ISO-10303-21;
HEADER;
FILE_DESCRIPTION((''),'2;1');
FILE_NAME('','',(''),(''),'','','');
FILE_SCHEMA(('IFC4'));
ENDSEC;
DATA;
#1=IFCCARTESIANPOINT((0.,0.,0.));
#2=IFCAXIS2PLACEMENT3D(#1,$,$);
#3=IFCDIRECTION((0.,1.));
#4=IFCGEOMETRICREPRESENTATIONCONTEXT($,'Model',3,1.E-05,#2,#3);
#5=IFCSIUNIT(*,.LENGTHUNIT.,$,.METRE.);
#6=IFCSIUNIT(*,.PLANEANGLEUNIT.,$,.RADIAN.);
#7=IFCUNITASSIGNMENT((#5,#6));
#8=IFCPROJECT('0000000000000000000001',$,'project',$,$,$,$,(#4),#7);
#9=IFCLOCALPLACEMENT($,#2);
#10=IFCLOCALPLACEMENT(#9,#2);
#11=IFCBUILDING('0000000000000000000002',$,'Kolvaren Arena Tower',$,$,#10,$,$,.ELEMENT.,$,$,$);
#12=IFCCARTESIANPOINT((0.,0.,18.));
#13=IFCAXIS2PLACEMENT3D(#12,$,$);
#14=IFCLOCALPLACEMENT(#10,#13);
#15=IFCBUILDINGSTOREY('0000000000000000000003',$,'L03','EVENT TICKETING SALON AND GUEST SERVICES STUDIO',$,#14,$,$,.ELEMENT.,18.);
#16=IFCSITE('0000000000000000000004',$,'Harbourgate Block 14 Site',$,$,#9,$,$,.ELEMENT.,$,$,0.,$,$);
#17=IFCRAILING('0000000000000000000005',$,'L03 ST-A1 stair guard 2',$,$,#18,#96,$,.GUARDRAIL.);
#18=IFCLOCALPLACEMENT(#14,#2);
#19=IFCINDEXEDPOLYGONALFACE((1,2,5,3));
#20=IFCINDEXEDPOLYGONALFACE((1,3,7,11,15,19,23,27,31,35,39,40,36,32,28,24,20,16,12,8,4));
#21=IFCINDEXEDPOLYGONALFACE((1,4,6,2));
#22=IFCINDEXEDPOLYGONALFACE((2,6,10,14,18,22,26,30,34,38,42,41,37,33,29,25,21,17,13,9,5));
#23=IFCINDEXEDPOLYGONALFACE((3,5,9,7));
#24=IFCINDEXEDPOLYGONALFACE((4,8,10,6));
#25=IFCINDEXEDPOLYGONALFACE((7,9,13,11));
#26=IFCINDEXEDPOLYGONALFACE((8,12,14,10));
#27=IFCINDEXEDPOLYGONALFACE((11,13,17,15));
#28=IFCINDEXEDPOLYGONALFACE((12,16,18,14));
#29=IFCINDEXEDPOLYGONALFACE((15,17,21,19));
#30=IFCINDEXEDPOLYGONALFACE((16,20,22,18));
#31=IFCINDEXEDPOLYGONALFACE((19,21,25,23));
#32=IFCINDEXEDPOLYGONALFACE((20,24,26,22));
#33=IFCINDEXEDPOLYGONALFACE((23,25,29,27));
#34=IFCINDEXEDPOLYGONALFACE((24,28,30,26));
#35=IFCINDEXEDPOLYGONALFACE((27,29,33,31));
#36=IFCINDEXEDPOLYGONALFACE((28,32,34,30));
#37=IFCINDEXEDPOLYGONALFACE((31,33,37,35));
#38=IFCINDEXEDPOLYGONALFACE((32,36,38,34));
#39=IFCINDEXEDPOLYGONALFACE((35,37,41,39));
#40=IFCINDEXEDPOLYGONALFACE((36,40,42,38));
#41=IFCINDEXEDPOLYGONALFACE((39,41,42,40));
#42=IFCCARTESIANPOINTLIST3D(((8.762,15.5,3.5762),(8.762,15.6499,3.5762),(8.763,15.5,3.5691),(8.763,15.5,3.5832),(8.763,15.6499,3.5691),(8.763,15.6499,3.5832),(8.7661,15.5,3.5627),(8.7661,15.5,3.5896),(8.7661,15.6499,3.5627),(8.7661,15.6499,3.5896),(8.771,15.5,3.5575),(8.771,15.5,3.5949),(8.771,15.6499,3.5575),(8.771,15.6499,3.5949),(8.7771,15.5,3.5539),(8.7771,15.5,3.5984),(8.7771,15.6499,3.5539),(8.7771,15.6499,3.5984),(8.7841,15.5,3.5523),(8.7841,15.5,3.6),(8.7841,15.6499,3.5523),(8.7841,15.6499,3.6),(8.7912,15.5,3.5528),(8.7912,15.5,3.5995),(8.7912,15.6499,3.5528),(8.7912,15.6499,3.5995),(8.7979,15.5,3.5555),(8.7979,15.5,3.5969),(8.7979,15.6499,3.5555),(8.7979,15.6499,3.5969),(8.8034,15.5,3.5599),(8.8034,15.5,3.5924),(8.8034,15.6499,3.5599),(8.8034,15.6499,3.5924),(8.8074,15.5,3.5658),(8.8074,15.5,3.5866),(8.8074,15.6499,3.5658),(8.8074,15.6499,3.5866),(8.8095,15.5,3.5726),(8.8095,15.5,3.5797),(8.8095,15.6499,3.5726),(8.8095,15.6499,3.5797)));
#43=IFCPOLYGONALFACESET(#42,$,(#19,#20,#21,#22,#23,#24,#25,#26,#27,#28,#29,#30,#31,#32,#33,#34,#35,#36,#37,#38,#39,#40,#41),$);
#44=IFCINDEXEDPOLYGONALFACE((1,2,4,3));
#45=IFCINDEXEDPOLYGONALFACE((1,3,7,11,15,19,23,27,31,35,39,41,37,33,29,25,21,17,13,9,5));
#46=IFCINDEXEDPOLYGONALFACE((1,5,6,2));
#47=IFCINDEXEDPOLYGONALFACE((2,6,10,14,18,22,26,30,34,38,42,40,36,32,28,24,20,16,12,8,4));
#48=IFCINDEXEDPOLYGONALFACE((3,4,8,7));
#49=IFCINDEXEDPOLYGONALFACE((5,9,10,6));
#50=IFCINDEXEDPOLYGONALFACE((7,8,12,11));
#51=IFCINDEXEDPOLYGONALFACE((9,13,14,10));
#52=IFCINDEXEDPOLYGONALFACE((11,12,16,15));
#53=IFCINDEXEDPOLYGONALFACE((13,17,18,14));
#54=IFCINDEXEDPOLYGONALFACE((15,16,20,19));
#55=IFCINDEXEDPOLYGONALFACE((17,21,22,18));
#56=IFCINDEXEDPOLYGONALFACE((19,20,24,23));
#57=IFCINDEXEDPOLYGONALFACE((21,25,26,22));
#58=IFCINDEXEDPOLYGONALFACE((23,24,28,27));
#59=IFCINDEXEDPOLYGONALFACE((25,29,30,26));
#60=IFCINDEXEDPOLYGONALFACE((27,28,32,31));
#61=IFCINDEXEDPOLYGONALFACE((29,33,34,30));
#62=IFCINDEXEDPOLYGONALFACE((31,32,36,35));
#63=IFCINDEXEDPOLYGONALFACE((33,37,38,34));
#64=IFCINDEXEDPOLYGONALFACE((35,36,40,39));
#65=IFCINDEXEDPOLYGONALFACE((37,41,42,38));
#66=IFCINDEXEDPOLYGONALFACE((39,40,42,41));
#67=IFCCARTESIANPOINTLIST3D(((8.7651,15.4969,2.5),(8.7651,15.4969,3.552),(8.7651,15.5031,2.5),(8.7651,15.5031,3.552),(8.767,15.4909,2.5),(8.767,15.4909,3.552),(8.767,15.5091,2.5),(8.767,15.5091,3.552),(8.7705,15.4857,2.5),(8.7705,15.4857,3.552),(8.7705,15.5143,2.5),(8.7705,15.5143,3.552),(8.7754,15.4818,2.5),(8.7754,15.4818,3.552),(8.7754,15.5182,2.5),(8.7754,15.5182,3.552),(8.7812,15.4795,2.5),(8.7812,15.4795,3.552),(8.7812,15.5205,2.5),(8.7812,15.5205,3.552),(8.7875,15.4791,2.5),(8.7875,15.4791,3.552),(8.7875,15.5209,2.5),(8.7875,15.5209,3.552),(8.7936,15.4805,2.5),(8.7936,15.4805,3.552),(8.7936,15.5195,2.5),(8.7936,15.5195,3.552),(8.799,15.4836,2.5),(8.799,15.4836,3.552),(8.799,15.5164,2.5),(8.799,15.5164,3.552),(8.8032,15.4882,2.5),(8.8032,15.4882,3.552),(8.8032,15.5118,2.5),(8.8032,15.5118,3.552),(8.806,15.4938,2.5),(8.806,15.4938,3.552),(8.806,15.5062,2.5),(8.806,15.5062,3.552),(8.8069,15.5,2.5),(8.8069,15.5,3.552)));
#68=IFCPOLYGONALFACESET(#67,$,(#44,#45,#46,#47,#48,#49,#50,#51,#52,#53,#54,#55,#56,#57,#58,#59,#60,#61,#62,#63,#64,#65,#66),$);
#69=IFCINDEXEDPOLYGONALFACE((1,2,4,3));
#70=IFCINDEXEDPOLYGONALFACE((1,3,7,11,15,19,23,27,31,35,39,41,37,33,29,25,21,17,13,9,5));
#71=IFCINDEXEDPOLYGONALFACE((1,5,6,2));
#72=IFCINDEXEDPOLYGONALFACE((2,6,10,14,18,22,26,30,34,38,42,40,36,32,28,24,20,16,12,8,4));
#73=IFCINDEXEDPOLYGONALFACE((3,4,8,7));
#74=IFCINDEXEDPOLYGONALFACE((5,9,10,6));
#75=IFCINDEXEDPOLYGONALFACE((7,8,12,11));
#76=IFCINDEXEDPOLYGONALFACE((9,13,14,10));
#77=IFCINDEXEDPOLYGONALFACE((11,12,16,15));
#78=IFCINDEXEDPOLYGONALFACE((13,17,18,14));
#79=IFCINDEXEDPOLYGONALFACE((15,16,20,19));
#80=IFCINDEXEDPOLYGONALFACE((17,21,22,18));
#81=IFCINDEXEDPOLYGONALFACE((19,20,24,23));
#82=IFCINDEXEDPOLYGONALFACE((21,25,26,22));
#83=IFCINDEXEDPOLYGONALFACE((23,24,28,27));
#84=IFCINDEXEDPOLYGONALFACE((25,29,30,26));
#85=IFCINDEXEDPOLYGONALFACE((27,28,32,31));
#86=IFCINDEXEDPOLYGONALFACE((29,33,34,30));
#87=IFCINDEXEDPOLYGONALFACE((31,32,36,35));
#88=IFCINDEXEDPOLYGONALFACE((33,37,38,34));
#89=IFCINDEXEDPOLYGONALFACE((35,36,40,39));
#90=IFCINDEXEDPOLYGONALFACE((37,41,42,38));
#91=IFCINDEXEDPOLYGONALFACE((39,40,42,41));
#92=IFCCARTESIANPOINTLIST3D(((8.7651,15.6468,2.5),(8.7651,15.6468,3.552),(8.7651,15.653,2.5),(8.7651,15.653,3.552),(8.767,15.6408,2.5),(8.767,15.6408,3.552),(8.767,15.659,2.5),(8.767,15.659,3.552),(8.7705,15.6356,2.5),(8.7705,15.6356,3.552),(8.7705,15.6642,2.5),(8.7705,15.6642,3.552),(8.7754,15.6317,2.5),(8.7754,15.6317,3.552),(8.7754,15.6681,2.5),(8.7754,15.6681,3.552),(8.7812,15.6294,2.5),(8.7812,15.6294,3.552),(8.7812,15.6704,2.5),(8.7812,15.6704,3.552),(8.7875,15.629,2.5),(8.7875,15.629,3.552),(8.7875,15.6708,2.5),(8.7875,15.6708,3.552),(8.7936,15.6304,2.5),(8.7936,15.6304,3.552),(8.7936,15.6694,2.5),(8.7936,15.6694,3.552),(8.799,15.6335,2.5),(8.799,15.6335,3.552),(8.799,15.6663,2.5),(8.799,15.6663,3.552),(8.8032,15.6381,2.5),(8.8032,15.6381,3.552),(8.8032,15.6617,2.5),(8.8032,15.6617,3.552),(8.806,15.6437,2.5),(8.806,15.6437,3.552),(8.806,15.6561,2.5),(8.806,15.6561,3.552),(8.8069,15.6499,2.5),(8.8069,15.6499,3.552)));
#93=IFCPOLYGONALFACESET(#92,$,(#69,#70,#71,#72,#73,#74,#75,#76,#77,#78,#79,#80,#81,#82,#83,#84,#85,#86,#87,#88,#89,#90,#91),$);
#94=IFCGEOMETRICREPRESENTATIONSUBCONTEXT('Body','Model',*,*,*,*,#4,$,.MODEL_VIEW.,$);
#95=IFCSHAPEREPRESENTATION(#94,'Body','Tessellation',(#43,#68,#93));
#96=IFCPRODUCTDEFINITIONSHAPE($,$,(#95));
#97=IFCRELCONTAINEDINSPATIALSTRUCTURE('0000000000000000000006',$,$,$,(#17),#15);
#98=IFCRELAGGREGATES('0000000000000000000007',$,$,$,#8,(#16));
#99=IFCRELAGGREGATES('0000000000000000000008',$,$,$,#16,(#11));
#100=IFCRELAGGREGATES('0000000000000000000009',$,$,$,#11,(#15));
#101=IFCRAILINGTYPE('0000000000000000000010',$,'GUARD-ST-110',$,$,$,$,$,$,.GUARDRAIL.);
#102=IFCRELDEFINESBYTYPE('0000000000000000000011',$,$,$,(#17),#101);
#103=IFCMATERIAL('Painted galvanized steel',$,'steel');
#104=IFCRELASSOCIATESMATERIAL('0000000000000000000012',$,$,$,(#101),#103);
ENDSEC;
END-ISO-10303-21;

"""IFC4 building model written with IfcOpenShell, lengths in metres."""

from ifc_helpers import new_model, si_unit, direction, frame, origin, origin_2d, place, context, subcontext, project, spatial, circle, extrude, material, type_object, element, save


model = new_model("IFC4")

# Units and contexts
model_context = context("Model", 3, precision=1e-05, world=origin(), true_north=direction((0.0, 1.0)))
body_context = subcontext(model_context, "Body", "Model", "MODEL_VIEW")
ifc_project = project(units=[si_unit("LENGTHUNIT", "METRE"), si_unit("PLANEANGLEUNIT", "RADIAN")], contexts=[model_context])

# Site, building, storey
site_placement = place(None, origin())
site = spatial("IfcSite", under=ifc_project, at=site_placement, Name="Harbourgate Block 14 Site", CompositionType="ELEMENT", RefElevation=0.0)
building_placement = place(site_placement, origin())
building = spatial("IfcBuilding", under=site, at=building_placement, Name="Kolvaren Arena Tower", CompositionType="ELEMENT")
storey_placement = place(building_placement, frame((0.0, 0.0, 18.0)))
storey = spatial("IfcBuildingStorey", under=building, at=storey_placement, Name="L03", Description="EVENT TICKETING SALON AND GUEST SERVICES STUDIO", CompositionType="ELEMENT", Elevation=18.0)

# Railing
ifc_material_1 = material(Name="Painted galvanized steel", Category="steel")
railing_type_1 = type_object("IfcRailingType", Name="GUARD-ST-110", PredefinedType="GUARDRAIL", material=ifc_material_1)
railing_1_placement = place(storey_placement, frame((8.7859, 15.5, 2.5)))
element("IfcRailing", 1, at=railing_1_placement, inside=storey, type_object=railing_type_1, Name="L03 ST-A1 stair guard 2", PredefinedType="GUARDRAIL", context=body_context, shape_type="SweptSolid", body=[
    extrude(circle(Radius=0.0239, at=origin_2d()), frame((0.0, 0.0, 1.0762), z_axis=(0.0, 1.0, 0.0), x_axis=(-1.0, 0.0, 0.0)), (0.0, 0.0, 1.0), 0.1499),
    extrude(circle(Radius=0.021, at=origin_2d()), origin(), (0.0, 0.0, 1.0), 1.052),
    extrude(circle(Radius=0.021, at=origin_2d()), frame((0.0, 0.1499, 0.0)), (0.0, 0.0, 1.0), 1.052),
])

save(model, "model.ifc")
